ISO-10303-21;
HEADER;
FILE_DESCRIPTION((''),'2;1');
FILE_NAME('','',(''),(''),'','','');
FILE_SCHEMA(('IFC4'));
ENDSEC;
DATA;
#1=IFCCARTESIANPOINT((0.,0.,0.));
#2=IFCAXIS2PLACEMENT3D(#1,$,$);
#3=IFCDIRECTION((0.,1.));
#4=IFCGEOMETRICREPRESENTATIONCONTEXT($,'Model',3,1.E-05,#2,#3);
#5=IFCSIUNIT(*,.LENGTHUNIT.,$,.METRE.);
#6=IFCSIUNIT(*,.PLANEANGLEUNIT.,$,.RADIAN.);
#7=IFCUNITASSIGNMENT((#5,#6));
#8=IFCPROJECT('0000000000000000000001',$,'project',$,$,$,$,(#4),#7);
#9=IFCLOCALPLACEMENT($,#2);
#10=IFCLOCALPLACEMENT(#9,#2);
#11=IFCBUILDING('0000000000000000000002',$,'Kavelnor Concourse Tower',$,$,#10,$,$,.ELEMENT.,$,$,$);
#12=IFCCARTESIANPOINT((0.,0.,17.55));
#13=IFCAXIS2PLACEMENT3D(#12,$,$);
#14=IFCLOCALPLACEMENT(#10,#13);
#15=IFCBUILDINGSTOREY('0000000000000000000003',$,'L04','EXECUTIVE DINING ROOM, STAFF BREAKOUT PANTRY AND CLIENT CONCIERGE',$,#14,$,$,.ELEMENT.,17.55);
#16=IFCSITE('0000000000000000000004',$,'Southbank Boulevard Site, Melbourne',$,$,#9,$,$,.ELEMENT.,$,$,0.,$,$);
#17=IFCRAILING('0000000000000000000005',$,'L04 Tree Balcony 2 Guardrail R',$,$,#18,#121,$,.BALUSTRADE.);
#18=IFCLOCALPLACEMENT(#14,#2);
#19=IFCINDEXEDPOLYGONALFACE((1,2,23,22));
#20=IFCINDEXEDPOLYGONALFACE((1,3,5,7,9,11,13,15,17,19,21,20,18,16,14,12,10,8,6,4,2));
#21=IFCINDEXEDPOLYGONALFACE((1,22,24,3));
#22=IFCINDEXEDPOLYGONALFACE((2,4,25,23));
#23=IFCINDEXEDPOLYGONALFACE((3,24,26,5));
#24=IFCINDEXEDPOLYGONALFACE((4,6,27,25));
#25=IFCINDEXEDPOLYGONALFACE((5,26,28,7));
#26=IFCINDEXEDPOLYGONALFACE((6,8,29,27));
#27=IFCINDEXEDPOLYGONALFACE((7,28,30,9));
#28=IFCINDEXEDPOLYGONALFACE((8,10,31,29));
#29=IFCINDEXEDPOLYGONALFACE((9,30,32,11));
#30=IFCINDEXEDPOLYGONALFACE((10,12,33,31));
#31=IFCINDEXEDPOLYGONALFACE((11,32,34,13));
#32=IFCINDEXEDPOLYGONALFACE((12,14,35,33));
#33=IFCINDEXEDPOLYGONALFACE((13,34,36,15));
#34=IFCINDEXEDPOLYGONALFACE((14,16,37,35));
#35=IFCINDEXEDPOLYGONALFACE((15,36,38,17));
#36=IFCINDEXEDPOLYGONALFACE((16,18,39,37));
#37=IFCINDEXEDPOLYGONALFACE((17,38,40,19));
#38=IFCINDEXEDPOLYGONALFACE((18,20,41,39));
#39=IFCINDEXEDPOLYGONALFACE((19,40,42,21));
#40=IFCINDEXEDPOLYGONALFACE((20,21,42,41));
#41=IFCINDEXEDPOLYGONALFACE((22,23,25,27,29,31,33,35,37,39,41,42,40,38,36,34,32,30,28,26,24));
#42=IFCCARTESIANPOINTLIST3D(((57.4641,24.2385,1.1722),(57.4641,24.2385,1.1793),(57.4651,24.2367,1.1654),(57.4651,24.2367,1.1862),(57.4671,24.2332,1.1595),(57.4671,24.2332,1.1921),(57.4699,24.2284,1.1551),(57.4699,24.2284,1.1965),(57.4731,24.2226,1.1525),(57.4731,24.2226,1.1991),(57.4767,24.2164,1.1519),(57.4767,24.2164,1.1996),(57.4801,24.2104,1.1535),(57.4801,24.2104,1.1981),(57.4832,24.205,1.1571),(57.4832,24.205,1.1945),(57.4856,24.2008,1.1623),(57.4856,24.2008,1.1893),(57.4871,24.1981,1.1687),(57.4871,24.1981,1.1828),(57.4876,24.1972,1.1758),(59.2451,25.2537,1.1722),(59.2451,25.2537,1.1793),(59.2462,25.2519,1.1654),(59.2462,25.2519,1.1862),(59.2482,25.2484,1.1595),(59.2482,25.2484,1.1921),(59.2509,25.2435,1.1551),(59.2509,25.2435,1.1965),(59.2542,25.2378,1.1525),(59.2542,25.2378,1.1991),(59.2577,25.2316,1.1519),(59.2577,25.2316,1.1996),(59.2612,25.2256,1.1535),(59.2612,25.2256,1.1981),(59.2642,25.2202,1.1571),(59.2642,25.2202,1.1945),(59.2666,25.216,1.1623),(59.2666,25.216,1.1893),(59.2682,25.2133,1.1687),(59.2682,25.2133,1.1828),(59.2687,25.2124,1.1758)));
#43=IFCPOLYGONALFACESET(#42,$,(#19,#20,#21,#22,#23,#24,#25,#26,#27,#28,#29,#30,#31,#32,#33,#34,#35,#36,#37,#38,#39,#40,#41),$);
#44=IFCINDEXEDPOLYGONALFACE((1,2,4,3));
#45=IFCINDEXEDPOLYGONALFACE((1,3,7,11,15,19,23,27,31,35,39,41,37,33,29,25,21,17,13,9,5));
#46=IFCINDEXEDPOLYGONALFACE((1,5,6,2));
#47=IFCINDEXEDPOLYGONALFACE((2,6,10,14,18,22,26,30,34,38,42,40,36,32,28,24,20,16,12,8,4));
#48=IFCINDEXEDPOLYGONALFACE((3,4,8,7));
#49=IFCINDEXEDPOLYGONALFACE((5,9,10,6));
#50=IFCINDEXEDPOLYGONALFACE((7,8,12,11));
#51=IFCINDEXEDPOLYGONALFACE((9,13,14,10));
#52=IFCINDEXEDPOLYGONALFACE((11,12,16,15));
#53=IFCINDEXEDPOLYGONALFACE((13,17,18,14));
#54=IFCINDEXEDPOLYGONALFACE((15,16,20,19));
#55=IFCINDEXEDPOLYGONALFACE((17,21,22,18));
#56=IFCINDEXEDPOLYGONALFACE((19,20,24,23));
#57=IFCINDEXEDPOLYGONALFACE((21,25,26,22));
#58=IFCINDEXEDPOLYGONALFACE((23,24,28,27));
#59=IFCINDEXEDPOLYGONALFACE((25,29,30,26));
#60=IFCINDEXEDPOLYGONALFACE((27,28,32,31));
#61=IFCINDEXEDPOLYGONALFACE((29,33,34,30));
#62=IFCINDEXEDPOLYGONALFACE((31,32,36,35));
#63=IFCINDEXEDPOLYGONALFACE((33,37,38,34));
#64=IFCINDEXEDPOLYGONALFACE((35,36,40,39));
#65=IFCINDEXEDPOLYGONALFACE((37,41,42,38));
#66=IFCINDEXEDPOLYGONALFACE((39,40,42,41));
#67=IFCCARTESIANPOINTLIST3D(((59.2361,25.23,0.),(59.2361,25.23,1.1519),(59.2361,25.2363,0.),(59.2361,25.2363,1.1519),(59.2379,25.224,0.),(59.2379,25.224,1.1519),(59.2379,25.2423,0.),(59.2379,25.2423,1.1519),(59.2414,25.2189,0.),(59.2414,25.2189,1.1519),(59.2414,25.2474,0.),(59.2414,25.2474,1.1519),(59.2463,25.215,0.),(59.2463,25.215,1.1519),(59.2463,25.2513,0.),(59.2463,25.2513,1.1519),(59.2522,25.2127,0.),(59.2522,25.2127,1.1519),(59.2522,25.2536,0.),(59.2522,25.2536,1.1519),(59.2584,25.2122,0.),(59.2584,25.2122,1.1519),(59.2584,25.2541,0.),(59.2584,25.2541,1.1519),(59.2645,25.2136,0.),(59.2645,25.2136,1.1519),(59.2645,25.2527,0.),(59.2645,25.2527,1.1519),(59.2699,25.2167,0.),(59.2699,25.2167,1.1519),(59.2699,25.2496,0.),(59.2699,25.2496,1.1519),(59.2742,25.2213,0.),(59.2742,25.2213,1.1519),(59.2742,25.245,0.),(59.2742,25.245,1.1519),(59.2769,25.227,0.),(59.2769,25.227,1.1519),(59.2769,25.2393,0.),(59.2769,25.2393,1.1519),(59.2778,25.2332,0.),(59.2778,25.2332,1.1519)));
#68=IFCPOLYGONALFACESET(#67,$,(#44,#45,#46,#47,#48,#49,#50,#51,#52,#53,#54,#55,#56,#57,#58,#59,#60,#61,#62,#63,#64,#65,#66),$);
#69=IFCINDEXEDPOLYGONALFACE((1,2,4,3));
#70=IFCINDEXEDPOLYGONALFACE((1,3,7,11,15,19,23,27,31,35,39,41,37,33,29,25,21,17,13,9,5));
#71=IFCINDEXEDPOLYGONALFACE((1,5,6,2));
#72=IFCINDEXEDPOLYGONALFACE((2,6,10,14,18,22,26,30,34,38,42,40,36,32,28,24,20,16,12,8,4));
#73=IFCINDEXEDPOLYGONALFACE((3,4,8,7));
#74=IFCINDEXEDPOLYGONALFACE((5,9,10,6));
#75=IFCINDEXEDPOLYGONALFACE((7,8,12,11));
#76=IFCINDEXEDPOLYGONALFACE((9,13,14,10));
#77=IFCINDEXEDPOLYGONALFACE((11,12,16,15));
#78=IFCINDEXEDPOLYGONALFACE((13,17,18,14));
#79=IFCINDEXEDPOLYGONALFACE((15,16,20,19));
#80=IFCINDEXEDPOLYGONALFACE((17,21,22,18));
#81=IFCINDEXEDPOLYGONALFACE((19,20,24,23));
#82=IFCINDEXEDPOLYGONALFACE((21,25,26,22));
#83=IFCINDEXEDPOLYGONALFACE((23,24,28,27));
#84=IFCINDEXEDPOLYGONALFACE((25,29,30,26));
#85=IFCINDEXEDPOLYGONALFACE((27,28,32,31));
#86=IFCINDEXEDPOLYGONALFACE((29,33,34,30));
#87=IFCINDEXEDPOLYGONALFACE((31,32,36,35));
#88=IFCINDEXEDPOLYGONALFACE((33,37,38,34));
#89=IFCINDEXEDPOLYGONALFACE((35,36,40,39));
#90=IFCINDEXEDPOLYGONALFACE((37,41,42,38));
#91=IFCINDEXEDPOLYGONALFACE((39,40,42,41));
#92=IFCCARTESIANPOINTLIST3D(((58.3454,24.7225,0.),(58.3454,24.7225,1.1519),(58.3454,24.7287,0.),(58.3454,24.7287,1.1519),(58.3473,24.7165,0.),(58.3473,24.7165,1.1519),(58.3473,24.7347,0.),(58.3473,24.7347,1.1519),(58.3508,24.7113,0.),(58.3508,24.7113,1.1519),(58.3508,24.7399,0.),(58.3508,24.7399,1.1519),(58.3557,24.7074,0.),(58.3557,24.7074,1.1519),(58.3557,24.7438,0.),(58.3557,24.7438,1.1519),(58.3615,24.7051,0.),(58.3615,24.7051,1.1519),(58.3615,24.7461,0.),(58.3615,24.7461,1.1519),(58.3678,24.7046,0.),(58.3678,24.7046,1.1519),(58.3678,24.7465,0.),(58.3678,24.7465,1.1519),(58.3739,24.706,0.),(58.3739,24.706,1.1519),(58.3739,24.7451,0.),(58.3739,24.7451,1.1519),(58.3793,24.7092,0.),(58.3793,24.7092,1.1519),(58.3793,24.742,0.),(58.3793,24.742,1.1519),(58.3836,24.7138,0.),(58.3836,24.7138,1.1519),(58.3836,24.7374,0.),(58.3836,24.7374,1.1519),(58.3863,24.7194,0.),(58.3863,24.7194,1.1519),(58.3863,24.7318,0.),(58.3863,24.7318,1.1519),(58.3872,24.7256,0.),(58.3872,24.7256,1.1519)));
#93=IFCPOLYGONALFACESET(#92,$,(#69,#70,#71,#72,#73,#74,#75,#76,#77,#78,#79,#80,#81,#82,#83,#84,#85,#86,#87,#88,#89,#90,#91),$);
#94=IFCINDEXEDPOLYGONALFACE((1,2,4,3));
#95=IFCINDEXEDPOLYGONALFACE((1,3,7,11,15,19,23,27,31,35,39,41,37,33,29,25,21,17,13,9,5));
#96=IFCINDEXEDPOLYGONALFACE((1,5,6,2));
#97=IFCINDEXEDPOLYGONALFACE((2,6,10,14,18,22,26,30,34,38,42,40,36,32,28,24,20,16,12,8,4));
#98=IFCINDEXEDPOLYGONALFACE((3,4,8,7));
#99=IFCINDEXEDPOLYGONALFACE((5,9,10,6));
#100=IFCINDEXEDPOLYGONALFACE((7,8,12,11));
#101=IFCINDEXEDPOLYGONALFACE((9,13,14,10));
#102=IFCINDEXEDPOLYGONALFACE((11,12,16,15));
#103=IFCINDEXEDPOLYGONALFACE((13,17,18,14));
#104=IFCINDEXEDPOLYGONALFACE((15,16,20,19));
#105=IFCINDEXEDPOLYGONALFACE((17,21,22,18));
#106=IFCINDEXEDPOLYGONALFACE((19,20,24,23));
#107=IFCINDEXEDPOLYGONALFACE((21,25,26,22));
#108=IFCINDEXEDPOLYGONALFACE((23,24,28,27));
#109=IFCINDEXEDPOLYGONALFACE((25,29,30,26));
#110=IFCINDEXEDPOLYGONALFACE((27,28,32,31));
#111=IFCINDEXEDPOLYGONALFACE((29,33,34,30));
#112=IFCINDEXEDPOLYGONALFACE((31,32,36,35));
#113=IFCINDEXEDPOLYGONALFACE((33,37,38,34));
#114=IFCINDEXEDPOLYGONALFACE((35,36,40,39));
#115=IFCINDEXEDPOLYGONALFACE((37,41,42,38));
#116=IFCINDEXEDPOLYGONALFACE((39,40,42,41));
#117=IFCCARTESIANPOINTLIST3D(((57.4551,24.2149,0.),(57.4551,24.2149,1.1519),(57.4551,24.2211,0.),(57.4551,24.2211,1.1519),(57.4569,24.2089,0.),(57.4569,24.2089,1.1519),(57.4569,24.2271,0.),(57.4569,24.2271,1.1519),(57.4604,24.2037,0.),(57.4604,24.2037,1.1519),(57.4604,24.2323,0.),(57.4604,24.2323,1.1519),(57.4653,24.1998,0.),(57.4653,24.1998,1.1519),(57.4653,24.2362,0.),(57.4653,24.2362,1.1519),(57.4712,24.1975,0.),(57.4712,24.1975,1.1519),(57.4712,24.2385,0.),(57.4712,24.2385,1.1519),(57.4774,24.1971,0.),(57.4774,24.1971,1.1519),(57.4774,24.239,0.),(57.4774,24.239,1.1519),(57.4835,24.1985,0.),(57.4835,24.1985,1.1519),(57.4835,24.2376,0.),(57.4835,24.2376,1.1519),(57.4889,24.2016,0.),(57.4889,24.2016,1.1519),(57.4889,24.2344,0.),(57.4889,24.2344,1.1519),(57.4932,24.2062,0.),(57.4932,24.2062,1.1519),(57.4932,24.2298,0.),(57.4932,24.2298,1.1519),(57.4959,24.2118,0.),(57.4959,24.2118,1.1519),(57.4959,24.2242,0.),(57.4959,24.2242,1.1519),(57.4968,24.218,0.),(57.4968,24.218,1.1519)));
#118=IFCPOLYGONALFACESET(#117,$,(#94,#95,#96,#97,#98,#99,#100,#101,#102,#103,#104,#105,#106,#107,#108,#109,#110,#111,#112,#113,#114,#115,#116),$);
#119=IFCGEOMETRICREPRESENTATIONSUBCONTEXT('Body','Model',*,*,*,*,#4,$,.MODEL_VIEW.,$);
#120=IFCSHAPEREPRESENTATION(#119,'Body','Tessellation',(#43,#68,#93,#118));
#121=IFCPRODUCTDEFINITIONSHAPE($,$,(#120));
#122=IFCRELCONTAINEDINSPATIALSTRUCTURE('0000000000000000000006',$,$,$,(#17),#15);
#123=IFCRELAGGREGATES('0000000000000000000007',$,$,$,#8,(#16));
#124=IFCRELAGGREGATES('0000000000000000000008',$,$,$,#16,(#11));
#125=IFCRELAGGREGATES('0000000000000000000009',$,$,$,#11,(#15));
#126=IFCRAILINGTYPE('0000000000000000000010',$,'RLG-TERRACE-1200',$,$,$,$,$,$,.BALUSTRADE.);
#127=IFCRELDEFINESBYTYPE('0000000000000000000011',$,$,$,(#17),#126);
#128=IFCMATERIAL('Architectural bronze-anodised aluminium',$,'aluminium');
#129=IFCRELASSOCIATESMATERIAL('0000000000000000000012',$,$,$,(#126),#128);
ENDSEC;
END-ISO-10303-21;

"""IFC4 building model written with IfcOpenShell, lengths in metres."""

from ifc_helpers import new_model, si_unit, direction, frame, origin, origin_2d, place, context, subcontext, project, spatial, circle, extrude, material, type_object, element, save


model = new_model("IFC4")

# Units and contexts
model_context = context("Model", 3, precision=1e-05, world=origin(), true_north=direction((0.0, 1.0)))
body_context = subcontext(model_context, "Body", "Model", "MODEL_VIEW")
ifc_project = project(units=[si_unit("LENGTHUNIT", "METRE"), si_unit("PLANEANGLEUNIT", "RADIAN")], contexts=[model_context])

# Site, building, storey
site_placement = place(None, origin())
site = spatial("IfcSite", under=ifc_project, at=site_placement, Name="Southbank Boulevard Site, Melbourne", CompositionType="ELEMENT", RefElevation=0.0)
building_placement = place(site_placement, origin())
building = spatial("IfcBuilding", under=site, at=building_placement, Name="Kavelnor Concourse Tower", CompositionType="ELEMENT")
storey_placement = place(building_placement, frame((0.0, 0.0, 17.55)))
storey = spatial("IfcBuildingStorey", under=building, at=storey_placement, Name="L04", Description="EXECUTIVE DINING ROOM, STAFF BREAKOUT PANTRY AND CLIENT CONCIERGE", CompositionType="ELEMENT", Elevation=17.55)

# Railing
ifc_material_1 = material(Name="Architectural bronze-anodised aluminium", Category="aluminium")
railing_type = type_object("IfcRailingType", Name="RLG-TERRACE-1200", PredefinedType="BALUSTRADE", material=ifc_material_1)
railing_placement = place(storey_placement, frame((59.2568, 25.2332, 0.0)))
element("IfcRailing", 1, at=railing_placement, inside=storey, type_object=railing_type, Name="L04 Tree Balcony 2 Guardrail R", PredefinedType="BALUSTRADE", context=body_context, shape_type="SweptSolid", body=[
    extrude(circle(Radius=0.0239, at=origin_2d()), frame((0.0, 0.0, 1.1758), z_axis=(-0.868785, -0.49519, 0.0), x_axis=(0.49519, -0.868785, 0.0)), (0.0, 0.0, 1.0), 2.05),
    extrude(circle(Radius=0.021, at=origin_2d()), origin(), (0.0, 0.0, 1.0), 1.1519),
    extrude(circle(Radius=0.021, at=origin_2d()), frame((-0.8906, -0.5076, 0.0)), (0.0, 0.0, 1.0), 1.1519),
    extrude(circle(Radius=0.021, at=origin_2d()), frame((-1.781, -1.0151, 0.0)), (0.0, 0.0, 1.0), 1.1519),
])

save(model, "model.ifc")
